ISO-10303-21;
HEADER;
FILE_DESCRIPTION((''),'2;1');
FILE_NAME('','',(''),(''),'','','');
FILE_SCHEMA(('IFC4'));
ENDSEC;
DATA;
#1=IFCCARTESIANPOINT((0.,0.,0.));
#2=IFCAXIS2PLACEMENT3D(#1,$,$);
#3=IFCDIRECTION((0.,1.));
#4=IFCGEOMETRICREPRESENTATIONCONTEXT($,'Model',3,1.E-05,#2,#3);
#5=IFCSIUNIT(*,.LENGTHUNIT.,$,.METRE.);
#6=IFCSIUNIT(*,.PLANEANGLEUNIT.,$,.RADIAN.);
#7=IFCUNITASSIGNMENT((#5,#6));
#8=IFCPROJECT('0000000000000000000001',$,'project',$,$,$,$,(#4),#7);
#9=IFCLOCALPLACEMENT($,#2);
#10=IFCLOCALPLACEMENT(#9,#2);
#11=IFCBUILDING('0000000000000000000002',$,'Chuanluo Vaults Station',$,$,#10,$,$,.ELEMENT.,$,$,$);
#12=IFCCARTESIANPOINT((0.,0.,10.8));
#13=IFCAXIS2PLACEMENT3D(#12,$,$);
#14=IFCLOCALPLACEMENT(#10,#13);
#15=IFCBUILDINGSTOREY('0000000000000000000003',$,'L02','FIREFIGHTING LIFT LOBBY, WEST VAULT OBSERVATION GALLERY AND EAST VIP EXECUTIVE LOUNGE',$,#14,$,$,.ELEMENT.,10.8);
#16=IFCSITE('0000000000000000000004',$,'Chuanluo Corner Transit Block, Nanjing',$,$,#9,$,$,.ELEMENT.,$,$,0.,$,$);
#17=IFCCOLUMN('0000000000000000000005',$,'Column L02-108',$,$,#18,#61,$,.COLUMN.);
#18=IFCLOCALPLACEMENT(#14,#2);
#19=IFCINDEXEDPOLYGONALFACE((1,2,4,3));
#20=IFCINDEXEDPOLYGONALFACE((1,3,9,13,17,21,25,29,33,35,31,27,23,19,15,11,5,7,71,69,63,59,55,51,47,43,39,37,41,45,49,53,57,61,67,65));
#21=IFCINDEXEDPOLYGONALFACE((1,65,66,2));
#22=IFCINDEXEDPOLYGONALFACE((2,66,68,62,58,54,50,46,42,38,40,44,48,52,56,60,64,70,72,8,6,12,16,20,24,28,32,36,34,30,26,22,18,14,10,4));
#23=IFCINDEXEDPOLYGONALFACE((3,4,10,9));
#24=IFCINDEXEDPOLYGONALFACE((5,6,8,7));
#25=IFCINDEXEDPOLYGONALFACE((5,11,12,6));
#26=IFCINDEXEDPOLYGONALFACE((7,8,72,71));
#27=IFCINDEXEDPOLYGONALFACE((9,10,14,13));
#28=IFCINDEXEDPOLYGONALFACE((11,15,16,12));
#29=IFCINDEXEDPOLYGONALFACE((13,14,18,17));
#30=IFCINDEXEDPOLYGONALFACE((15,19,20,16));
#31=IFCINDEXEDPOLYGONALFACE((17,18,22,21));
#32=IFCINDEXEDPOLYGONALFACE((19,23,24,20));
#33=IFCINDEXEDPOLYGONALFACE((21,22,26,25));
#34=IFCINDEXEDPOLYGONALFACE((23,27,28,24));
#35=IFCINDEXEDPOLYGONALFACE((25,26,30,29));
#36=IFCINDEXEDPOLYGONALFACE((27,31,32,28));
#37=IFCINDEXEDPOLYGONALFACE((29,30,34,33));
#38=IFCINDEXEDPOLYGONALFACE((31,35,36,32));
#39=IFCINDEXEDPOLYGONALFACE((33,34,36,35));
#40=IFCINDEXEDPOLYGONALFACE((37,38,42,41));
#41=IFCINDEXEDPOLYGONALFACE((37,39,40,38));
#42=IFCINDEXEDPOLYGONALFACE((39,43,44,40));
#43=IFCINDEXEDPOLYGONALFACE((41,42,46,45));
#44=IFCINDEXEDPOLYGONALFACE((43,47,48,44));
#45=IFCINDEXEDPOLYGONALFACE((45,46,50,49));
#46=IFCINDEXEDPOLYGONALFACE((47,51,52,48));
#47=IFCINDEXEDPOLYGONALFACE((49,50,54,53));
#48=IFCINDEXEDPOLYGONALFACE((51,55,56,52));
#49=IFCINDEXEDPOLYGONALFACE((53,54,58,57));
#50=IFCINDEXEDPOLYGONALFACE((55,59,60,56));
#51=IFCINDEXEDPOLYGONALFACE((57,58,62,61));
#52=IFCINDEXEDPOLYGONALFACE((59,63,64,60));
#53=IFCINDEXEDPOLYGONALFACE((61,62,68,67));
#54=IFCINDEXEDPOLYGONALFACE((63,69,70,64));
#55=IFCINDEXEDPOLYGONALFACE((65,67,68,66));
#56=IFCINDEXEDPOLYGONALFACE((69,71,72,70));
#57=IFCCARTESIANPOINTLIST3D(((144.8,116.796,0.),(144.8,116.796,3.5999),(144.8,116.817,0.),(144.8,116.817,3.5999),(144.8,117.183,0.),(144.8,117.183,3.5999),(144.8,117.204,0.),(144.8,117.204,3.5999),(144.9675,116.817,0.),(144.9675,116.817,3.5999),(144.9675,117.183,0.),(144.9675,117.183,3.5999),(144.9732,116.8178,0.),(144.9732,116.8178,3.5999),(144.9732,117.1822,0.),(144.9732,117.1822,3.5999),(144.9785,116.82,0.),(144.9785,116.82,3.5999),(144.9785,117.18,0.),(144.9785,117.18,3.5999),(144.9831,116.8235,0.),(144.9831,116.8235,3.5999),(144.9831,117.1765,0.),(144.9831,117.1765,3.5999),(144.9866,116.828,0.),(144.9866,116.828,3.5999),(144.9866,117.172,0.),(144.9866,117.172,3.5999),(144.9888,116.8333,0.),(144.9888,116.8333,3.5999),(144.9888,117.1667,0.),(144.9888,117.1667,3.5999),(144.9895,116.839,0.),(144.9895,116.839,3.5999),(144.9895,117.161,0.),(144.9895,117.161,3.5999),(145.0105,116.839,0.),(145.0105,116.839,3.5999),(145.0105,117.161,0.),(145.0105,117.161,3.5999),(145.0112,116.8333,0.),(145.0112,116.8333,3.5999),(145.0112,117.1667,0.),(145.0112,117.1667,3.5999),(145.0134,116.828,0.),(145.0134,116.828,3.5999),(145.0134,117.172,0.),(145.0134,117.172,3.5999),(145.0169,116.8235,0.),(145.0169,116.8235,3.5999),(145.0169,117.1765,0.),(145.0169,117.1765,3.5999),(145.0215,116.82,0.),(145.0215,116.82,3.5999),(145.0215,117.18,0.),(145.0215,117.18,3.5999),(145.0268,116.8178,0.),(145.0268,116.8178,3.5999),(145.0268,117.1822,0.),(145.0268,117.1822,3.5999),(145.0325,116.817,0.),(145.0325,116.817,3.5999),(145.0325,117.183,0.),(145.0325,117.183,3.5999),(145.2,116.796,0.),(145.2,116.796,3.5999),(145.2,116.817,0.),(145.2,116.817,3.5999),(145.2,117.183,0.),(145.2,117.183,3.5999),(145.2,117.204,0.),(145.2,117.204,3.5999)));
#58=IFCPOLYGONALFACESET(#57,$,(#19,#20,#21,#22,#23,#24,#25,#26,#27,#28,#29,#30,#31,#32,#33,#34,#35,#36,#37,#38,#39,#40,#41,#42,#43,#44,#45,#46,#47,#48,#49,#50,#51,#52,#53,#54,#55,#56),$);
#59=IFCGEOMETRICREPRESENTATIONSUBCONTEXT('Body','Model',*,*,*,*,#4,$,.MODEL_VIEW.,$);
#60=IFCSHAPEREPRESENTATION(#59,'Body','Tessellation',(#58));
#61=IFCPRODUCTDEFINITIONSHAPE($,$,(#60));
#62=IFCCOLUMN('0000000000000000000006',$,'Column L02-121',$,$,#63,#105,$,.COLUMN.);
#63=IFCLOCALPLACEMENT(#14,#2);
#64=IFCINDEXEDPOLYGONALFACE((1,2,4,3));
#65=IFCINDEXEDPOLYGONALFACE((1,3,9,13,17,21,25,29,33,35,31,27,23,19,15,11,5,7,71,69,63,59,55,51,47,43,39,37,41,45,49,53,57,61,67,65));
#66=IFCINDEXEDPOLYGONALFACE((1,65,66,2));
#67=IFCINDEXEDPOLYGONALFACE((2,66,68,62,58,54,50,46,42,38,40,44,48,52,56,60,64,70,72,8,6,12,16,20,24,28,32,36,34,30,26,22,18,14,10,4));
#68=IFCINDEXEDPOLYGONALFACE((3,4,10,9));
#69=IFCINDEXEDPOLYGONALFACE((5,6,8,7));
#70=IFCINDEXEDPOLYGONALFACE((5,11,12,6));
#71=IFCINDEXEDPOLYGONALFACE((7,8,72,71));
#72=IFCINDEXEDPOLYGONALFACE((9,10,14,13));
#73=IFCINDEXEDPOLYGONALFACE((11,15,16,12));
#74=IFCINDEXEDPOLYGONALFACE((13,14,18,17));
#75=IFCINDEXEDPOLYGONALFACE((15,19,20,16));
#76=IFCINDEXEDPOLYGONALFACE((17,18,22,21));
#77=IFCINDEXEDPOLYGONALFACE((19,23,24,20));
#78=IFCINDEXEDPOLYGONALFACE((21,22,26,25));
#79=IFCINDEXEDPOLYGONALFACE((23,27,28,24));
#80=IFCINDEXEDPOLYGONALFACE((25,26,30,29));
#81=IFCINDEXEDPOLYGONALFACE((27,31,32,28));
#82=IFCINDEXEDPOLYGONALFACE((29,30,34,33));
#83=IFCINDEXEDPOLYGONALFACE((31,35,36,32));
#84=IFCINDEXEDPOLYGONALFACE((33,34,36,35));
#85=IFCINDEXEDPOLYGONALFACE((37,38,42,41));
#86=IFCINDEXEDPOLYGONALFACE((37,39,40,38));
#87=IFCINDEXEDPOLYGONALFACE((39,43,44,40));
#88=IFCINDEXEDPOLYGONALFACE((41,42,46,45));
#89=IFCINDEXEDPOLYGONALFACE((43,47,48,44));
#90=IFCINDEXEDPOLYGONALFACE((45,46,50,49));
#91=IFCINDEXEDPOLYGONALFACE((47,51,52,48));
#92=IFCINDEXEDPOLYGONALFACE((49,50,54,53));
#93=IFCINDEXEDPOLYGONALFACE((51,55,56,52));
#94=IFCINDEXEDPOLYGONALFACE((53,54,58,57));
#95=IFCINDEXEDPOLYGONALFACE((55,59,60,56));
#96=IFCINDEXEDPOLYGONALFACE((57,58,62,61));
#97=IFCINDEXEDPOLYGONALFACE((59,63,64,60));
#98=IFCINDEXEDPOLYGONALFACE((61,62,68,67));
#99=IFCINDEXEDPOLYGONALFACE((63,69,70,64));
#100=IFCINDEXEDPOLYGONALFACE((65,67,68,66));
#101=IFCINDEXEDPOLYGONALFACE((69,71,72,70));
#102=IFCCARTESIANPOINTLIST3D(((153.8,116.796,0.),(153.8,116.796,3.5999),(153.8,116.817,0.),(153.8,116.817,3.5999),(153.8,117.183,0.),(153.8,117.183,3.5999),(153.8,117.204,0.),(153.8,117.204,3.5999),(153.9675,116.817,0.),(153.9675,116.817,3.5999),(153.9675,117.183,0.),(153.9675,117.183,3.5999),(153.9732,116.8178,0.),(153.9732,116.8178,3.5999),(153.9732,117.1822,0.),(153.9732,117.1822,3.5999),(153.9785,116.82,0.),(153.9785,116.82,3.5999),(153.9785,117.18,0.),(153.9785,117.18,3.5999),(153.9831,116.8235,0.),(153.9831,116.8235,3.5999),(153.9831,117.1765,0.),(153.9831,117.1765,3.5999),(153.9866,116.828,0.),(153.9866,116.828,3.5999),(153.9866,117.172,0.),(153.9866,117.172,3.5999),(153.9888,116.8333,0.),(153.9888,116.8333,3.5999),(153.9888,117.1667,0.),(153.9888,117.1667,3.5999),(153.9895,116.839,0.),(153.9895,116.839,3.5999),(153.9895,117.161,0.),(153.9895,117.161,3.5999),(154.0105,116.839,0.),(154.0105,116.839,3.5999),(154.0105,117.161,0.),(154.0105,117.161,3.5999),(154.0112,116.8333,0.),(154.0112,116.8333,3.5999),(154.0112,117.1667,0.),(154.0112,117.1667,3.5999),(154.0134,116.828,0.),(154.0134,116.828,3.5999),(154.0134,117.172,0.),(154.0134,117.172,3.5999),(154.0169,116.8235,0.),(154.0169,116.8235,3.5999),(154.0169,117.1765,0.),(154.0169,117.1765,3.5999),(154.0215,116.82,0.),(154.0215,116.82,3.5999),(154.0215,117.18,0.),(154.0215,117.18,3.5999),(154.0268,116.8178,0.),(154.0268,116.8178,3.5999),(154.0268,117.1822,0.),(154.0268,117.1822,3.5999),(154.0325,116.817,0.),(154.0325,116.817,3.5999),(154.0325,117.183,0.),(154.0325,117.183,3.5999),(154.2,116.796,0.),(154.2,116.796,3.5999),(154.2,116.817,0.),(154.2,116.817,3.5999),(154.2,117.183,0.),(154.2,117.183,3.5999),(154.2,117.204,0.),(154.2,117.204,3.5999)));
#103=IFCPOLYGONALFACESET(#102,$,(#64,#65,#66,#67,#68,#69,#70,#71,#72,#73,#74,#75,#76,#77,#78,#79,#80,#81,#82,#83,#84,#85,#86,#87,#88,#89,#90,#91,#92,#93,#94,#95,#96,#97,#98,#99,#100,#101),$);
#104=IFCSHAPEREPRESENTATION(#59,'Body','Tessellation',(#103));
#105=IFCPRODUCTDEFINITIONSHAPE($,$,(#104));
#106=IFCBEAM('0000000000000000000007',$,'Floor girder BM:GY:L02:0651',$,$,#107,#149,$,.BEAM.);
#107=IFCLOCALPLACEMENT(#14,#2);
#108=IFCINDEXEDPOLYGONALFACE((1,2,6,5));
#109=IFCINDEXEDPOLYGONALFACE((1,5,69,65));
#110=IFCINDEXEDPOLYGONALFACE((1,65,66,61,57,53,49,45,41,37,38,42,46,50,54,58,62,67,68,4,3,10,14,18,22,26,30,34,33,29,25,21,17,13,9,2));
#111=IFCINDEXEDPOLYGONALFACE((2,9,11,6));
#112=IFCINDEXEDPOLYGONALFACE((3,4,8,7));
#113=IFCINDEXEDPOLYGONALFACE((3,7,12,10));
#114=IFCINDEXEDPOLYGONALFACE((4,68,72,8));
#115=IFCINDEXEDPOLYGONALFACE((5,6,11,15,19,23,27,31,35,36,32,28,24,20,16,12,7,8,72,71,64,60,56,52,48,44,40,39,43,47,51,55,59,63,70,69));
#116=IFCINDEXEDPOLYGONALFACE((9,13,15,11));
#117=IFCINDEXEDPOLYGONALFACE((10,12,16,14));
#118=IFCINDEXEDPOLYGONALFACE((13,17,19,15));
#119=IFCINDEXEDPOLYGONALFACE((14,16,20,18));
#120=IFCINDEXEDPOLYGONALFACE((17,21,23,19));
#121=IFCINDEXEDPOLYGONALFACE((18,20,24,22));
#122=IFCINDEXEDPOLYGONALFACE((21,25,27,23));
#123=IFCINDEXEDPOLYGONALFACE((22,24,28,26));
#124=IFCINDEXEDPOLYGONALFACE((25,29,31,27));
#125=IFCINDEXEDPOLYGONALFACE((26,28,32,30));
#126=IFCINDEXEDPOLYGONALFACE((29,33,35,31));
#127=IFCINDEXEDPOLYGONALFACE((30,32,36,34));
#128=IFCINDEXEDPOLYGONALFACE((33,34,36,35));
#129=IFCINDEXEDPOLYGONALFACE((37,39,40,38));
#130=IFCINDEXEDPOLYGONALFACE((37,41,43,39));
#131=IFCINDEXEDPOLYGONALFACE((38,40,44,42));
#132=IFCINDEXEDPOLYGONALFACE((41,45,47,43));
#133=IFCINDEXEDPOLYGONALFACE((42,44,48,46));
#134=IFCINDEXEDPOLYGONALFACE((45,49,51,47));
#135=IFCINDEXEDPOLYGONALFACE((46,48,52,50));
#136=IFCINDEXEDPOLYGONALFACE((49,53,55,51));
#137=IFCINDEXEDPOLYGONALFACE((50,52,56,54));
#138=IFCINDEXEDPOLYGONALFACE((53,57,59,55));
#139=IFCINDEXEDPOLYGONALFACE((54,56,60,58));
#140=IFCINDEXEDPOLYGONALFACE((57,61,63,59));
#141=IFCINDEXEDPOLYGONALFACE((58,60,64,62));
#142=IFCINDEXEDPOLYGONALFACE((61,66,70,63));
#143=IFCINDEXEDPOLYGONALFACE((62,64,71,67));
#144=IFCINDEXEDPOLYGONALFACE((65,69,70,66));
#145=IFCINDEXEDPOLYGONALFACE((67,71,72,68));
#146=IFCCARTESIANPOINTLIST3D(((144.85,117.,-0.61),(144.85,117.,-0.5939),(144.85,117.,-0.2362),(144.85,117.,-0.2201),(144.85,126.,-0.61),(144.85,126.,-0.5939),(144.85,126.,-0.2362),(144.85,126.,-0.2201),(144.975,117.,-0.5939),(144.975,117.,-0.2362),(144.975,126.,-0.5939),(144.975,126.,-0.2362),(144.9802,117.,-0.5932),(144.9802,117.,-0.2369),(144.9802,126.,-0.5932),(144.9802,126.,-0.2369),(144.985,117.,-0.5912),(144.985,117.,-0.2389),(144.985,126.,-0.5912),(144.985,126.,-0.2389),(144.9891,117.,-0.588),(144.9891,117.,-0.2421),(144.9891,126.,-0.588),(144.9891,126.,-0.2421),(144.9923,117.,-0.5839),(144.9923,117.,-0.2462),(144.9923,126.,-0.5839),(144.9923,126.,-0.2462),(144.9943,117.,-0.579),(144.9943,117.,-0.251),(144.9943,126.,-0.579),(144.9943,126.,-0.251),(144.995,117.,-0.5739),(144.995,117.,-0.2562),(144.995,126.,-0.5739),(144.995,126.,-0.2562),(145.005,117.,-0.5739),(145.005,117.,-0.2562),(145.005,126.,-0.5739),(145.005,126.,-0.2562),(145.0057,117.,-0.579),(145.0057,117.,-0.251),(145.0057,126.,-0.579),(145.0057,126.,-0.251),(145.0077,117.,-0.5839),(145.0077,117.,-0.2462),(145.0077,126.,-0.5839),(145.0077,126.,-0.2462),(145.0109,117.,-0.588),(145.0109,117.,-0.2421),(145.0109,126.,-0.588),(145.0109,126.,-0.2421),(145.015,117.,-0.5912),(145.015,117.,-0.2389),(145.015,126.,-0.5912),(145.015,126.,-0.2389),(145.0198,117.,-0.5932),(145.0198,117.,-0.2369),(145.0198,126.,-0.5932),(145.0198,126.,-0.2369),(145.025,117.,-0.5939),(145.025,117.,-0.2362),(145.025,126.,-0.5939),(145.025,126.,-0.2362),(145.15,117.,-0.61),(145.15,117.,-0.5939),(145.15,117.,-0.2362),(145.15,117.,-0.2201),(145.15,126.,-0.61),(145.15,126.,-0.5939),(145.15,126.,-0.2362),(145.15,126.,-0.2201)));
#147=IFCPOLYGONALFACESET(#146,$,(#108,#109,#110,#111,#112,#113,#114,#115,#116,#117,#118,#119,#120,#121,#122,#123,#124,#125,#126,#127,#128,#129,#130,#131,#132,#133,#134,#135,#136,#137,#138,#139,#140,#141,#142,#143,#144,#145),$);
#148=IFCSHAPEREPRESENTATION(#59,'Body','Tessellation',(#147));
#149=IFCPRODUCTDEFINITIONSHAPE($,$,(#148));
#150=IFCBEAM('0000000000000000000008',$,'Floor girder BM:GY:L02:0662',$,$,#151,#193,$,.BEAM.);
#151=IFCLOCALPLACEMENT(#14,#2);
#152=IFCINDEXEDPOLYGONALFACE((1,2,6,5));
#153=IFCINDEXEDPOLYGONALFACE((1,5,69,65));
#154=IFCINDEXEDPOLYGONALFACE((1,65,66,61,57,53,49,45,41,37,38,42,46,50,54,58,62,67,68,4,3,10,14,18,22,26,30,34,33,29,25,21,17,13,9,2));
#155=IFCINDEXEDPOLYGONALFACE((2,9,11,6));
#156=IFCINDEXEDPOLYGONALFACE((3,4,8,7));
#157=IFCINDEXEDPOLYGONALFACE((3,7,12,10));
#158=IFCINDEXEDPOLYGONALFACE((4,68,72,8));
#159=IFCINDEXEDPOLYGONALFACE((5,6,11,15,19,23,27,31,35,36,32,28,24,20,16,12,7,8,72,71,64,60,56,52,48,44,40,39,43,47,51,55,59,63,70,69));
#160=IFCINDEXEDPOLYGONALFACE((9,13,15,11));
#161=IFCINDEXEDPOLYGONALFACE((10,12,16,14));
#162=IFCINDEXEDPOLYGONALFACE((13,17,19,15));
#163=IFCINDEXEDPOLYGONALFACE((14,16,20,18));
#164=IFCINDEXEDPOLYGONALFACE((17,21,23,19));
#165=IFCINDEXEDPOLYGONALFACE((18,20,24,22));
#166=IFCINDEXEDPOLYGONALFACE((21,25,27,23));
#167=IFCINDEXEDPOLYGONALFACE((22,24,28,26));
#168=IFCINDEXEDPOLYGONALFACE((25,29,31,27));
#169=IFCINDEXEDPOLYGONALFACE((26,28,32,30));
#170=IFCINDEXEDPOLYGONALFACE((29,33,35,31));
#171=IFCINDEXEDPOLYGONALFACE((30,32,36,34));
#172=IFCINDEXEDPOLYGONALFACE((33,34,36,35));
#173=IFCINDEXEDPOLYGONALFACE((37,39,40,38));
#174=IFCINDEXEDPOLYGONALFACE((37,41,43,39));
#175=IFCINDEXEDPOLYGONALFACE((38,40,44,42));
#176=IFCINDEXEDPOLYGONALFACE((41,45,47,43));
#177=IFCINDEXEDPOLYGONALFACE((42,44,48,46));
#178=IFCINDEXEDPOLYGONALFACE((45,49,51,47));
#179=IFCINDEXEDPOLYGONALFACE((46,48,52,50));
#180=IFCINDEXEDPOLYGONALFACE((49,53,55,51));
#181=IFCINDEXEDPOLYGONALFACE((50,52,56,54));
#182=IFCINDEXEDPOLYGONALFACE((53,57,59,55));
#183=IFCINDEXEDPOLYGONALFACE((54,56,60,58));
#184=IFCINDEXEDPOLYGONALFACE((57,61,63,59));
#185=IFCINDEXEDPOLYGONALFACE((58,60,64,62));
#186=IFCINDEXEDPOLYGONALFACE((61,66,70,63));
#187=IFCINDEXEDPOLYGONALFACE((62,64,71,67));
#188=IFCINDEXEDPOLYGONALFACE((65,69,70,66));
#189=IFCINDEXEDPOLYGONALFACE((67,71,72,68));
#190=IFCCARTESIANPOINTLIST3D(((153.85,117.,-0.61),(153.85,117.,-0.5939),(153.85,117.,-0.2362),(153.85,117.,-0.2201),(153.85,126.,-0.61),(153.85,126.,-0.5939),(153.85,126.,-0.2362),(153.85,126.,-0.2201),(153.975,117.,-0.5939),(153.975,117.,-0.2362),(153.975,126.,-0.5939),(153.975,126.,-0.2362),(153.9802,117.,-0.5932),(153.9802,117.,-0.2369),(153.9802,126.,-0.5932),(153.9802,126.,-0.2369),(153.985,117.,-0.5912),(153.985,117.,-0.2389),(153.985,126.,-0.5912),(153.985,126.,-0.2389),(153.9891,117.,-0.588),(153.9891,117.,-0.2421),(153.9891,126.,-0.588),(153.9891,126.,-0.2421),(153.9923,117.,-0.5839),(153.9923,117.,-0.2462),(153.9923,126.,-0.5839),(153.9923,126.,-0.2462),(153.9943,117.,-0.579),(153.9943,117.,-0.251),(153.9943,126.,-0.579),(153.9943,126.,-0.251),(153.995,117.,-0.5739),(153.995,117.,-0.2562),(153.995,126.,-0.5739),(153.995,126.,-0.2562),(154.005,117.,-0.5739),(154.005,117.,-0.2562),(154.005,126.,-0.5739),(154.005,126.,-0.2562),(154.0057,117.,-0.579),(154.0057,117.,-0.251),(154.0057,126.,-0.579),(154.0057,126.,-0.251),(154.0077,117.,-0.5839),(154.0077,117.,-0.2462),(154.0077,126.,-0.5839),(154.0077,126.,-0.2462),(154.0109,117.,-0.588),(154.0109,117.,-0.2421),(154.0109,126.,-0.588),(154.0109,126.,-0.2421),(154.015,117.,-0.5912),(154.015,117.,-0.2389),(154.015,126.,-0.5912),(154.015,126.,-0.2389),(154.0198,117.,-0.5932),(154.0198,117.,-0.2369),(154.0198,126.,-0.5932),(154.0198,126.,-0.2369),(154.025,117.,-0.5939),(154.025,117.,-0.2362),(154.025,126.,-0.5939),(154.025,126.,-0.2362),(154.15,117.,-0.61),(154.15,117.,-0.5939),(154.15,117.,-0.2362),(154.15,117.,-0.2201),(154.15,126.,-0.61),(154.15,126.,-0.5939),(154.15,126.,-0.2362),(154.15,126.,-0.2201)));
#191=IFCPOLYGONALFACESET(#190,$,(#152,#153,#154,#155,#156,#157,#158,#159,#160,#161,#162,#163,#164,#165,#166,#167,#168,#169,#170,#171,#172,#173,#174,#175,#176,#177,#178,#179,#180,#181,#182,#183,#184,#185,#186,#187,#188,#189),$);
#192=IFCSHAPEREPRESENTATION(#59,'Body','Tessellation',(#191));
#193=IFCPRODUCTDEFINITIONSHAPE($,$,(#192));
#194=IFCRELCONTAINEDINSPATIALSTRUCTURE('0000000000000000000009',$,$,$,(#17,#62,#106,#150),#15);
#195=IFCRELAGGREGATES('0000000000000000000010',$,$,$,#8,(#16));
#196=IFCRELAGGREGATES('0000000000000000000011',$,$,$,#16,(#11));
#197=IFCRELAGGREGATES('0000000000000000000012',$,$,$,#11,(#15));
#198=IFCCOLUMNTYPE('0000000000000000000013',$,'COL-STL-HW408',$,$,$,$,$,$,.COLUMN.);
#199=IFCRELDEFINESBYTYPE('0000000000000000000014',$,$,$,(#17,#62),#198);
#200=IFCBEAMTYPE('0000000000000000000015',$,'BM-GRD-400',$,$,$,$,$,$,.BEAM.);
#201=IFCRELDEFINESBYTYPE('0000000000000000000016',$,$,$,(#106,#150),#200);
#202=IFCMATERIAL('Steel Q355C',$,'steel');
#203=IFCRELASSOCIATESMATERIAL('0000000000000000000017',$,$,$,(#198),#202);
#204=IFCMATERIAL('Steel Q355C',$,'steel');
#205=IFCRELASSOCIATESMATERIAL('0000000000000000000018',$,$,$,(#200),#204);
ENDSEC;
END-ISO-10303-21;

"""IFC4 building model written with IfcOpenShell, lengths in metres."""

from ifc_helpers import new_model, si_unit, direction, frame, origin, origin_2d, place, context, subcontext, project, spatial, i_section, extrude, material, material_profile, profile_set, type_object, element, save


model = new_model("IFC4")

# Units and contexts
model_context = context("Model", 3, precision=1e-05, world=origin(), true_north=direction((0.0, 1.0)))
body_context = subcontext(model_context, "Body", "Model", "MODEL_VIEW")
ifc_project = project(units=[si_unit("LENGTHUNIT", "METRE"), si_unit("PLANEANGLEUNIT", "RADIAN")], contexts=[model_context])

# Site, building, storey
site_placement = place(None, origin())
site = spatial("IfcSite", under=ifc_project, at=site_placement, Name="Chuanluo Corner Transit Block, Nanjing", CompositionType="ELEMENT", RefElevation=0.0)
building_placement = place(site_placement, origin())
building = spatial("IfcBuilding", under=site, at=building_placement, Name="Chuanluo Vaults Station", CompositionType="ELEMENT")
storey_placement = place(building_placement, frame((0.0, 0.0, 10.8)))
storey = spatial("IfcBuildingStorey", under=building, at=storey_placement, Name="L02", Description="FIREFIGHTING LIFT LOBBY, WEST VAULT OBSERVATION GALLERY AND EAST VIP EXECUTIVE LOUNGE", CompositionType="ELEMENT", Elevation=10.8)

# Columns
ifc_material_1 = material(Name="Steel Q355C", Category="steel")
ifc_material_profile_1 = material_profile(ifc_material_1, i_section(OverallWidth=0.3999, OverallDepth=0.408, WebThickness=0.021, FlangeThickness=0.021, FilletRadius=0.022, at=origin_2d()))
ifc_profile_set_1 = profile_set([ifc_material_profile_1], Name="Steel Q355C")
column_type = type_object("IfcColumnType", Name="COL-STL-HW408", PredefinedType="COLUMN", material=ifc_profile_set_1)
for number, where, z_axis, x_axis, name in (
    (1, (145.0, 117.0, 0.0), (0.0, 0.0, 1.0), (1.0, 0.0, 0.0), "Column L02-108"),
    (2, (154.0, 117.0, 0.0), (0.0, 0.0, 1.0), (1.0, 0.0, 0.0), "Column L02-121"),
):
    element("IfcColumn", number, at=place(storey_placement, frame(where, z_axis=z_axis, x_axis=x_axis)), inside=storey, type_object=column_type, Name=name, PredefinedType="COLUMN", context=body_context, shape_type="SweptSolid", body=[
        extrude(i_section(OverallWidth=0.3999, OverallDepth=0.408, WebThickness=0.021, FlangeThickness=0.021, FilletRadius=0.022, at=origin_2d()), origin(), (0.0, 0.0, 1.0), 3.5999),
    ])

# Beams
ifc_material_2 = material(Name="Steel Q355C", Category="steel")
ifc_material_profile_2 = material_profile(ifc_material_2, i_section(OverallWidth=0.3, OverallDepth=0.3899, WebThickness=0.01, FlangeThickness=0.0161, FilletRadius=0.02, at=origin_2d()))
ifc_profile_set_2 = profile_set([ifc_material_profile_2], Name="Steel Q355C")
beam_type_1 = type_object("IfcBeamType", Name="BM-GRD-400", PredefinedType="BEAM", material=ifc_profile_set_2)
for number, where, z_axis, x_axis, name in (
    (3, (145.0, 117.0, -0.415), (0.0, 1.0, 0.0), (-1.0, 0.0, 0.0), "Floor girder BM:GY:L02:0651"),
    (4, (154.0, 117.0, -0.415), (0.0, 1.0, 0.0), (-1.0, 0.0, 0.0), "Floor girder BM:GY:L02:0662"),
):
    element("IfcBeam", number, at=place(storey_placement, frame(where, z_axis=z_axis, x_axis=x_axis)), inside=storey, type_object=beam_type_1, Name=name, PredefinedType="BEAM", context=body_context, shape_type="SweptSolid", body=[
        extrude(i_section(OverallWidth=0.3, OverallDepth=0.3899, WebThickness=0.01, FlangeThickness=0.0161, FilletRadius=0.02, at=origin_2d()), origin(), (0.0, 0.0, 1.0), 9.0),
    ])

save(model, "model.ifc")
